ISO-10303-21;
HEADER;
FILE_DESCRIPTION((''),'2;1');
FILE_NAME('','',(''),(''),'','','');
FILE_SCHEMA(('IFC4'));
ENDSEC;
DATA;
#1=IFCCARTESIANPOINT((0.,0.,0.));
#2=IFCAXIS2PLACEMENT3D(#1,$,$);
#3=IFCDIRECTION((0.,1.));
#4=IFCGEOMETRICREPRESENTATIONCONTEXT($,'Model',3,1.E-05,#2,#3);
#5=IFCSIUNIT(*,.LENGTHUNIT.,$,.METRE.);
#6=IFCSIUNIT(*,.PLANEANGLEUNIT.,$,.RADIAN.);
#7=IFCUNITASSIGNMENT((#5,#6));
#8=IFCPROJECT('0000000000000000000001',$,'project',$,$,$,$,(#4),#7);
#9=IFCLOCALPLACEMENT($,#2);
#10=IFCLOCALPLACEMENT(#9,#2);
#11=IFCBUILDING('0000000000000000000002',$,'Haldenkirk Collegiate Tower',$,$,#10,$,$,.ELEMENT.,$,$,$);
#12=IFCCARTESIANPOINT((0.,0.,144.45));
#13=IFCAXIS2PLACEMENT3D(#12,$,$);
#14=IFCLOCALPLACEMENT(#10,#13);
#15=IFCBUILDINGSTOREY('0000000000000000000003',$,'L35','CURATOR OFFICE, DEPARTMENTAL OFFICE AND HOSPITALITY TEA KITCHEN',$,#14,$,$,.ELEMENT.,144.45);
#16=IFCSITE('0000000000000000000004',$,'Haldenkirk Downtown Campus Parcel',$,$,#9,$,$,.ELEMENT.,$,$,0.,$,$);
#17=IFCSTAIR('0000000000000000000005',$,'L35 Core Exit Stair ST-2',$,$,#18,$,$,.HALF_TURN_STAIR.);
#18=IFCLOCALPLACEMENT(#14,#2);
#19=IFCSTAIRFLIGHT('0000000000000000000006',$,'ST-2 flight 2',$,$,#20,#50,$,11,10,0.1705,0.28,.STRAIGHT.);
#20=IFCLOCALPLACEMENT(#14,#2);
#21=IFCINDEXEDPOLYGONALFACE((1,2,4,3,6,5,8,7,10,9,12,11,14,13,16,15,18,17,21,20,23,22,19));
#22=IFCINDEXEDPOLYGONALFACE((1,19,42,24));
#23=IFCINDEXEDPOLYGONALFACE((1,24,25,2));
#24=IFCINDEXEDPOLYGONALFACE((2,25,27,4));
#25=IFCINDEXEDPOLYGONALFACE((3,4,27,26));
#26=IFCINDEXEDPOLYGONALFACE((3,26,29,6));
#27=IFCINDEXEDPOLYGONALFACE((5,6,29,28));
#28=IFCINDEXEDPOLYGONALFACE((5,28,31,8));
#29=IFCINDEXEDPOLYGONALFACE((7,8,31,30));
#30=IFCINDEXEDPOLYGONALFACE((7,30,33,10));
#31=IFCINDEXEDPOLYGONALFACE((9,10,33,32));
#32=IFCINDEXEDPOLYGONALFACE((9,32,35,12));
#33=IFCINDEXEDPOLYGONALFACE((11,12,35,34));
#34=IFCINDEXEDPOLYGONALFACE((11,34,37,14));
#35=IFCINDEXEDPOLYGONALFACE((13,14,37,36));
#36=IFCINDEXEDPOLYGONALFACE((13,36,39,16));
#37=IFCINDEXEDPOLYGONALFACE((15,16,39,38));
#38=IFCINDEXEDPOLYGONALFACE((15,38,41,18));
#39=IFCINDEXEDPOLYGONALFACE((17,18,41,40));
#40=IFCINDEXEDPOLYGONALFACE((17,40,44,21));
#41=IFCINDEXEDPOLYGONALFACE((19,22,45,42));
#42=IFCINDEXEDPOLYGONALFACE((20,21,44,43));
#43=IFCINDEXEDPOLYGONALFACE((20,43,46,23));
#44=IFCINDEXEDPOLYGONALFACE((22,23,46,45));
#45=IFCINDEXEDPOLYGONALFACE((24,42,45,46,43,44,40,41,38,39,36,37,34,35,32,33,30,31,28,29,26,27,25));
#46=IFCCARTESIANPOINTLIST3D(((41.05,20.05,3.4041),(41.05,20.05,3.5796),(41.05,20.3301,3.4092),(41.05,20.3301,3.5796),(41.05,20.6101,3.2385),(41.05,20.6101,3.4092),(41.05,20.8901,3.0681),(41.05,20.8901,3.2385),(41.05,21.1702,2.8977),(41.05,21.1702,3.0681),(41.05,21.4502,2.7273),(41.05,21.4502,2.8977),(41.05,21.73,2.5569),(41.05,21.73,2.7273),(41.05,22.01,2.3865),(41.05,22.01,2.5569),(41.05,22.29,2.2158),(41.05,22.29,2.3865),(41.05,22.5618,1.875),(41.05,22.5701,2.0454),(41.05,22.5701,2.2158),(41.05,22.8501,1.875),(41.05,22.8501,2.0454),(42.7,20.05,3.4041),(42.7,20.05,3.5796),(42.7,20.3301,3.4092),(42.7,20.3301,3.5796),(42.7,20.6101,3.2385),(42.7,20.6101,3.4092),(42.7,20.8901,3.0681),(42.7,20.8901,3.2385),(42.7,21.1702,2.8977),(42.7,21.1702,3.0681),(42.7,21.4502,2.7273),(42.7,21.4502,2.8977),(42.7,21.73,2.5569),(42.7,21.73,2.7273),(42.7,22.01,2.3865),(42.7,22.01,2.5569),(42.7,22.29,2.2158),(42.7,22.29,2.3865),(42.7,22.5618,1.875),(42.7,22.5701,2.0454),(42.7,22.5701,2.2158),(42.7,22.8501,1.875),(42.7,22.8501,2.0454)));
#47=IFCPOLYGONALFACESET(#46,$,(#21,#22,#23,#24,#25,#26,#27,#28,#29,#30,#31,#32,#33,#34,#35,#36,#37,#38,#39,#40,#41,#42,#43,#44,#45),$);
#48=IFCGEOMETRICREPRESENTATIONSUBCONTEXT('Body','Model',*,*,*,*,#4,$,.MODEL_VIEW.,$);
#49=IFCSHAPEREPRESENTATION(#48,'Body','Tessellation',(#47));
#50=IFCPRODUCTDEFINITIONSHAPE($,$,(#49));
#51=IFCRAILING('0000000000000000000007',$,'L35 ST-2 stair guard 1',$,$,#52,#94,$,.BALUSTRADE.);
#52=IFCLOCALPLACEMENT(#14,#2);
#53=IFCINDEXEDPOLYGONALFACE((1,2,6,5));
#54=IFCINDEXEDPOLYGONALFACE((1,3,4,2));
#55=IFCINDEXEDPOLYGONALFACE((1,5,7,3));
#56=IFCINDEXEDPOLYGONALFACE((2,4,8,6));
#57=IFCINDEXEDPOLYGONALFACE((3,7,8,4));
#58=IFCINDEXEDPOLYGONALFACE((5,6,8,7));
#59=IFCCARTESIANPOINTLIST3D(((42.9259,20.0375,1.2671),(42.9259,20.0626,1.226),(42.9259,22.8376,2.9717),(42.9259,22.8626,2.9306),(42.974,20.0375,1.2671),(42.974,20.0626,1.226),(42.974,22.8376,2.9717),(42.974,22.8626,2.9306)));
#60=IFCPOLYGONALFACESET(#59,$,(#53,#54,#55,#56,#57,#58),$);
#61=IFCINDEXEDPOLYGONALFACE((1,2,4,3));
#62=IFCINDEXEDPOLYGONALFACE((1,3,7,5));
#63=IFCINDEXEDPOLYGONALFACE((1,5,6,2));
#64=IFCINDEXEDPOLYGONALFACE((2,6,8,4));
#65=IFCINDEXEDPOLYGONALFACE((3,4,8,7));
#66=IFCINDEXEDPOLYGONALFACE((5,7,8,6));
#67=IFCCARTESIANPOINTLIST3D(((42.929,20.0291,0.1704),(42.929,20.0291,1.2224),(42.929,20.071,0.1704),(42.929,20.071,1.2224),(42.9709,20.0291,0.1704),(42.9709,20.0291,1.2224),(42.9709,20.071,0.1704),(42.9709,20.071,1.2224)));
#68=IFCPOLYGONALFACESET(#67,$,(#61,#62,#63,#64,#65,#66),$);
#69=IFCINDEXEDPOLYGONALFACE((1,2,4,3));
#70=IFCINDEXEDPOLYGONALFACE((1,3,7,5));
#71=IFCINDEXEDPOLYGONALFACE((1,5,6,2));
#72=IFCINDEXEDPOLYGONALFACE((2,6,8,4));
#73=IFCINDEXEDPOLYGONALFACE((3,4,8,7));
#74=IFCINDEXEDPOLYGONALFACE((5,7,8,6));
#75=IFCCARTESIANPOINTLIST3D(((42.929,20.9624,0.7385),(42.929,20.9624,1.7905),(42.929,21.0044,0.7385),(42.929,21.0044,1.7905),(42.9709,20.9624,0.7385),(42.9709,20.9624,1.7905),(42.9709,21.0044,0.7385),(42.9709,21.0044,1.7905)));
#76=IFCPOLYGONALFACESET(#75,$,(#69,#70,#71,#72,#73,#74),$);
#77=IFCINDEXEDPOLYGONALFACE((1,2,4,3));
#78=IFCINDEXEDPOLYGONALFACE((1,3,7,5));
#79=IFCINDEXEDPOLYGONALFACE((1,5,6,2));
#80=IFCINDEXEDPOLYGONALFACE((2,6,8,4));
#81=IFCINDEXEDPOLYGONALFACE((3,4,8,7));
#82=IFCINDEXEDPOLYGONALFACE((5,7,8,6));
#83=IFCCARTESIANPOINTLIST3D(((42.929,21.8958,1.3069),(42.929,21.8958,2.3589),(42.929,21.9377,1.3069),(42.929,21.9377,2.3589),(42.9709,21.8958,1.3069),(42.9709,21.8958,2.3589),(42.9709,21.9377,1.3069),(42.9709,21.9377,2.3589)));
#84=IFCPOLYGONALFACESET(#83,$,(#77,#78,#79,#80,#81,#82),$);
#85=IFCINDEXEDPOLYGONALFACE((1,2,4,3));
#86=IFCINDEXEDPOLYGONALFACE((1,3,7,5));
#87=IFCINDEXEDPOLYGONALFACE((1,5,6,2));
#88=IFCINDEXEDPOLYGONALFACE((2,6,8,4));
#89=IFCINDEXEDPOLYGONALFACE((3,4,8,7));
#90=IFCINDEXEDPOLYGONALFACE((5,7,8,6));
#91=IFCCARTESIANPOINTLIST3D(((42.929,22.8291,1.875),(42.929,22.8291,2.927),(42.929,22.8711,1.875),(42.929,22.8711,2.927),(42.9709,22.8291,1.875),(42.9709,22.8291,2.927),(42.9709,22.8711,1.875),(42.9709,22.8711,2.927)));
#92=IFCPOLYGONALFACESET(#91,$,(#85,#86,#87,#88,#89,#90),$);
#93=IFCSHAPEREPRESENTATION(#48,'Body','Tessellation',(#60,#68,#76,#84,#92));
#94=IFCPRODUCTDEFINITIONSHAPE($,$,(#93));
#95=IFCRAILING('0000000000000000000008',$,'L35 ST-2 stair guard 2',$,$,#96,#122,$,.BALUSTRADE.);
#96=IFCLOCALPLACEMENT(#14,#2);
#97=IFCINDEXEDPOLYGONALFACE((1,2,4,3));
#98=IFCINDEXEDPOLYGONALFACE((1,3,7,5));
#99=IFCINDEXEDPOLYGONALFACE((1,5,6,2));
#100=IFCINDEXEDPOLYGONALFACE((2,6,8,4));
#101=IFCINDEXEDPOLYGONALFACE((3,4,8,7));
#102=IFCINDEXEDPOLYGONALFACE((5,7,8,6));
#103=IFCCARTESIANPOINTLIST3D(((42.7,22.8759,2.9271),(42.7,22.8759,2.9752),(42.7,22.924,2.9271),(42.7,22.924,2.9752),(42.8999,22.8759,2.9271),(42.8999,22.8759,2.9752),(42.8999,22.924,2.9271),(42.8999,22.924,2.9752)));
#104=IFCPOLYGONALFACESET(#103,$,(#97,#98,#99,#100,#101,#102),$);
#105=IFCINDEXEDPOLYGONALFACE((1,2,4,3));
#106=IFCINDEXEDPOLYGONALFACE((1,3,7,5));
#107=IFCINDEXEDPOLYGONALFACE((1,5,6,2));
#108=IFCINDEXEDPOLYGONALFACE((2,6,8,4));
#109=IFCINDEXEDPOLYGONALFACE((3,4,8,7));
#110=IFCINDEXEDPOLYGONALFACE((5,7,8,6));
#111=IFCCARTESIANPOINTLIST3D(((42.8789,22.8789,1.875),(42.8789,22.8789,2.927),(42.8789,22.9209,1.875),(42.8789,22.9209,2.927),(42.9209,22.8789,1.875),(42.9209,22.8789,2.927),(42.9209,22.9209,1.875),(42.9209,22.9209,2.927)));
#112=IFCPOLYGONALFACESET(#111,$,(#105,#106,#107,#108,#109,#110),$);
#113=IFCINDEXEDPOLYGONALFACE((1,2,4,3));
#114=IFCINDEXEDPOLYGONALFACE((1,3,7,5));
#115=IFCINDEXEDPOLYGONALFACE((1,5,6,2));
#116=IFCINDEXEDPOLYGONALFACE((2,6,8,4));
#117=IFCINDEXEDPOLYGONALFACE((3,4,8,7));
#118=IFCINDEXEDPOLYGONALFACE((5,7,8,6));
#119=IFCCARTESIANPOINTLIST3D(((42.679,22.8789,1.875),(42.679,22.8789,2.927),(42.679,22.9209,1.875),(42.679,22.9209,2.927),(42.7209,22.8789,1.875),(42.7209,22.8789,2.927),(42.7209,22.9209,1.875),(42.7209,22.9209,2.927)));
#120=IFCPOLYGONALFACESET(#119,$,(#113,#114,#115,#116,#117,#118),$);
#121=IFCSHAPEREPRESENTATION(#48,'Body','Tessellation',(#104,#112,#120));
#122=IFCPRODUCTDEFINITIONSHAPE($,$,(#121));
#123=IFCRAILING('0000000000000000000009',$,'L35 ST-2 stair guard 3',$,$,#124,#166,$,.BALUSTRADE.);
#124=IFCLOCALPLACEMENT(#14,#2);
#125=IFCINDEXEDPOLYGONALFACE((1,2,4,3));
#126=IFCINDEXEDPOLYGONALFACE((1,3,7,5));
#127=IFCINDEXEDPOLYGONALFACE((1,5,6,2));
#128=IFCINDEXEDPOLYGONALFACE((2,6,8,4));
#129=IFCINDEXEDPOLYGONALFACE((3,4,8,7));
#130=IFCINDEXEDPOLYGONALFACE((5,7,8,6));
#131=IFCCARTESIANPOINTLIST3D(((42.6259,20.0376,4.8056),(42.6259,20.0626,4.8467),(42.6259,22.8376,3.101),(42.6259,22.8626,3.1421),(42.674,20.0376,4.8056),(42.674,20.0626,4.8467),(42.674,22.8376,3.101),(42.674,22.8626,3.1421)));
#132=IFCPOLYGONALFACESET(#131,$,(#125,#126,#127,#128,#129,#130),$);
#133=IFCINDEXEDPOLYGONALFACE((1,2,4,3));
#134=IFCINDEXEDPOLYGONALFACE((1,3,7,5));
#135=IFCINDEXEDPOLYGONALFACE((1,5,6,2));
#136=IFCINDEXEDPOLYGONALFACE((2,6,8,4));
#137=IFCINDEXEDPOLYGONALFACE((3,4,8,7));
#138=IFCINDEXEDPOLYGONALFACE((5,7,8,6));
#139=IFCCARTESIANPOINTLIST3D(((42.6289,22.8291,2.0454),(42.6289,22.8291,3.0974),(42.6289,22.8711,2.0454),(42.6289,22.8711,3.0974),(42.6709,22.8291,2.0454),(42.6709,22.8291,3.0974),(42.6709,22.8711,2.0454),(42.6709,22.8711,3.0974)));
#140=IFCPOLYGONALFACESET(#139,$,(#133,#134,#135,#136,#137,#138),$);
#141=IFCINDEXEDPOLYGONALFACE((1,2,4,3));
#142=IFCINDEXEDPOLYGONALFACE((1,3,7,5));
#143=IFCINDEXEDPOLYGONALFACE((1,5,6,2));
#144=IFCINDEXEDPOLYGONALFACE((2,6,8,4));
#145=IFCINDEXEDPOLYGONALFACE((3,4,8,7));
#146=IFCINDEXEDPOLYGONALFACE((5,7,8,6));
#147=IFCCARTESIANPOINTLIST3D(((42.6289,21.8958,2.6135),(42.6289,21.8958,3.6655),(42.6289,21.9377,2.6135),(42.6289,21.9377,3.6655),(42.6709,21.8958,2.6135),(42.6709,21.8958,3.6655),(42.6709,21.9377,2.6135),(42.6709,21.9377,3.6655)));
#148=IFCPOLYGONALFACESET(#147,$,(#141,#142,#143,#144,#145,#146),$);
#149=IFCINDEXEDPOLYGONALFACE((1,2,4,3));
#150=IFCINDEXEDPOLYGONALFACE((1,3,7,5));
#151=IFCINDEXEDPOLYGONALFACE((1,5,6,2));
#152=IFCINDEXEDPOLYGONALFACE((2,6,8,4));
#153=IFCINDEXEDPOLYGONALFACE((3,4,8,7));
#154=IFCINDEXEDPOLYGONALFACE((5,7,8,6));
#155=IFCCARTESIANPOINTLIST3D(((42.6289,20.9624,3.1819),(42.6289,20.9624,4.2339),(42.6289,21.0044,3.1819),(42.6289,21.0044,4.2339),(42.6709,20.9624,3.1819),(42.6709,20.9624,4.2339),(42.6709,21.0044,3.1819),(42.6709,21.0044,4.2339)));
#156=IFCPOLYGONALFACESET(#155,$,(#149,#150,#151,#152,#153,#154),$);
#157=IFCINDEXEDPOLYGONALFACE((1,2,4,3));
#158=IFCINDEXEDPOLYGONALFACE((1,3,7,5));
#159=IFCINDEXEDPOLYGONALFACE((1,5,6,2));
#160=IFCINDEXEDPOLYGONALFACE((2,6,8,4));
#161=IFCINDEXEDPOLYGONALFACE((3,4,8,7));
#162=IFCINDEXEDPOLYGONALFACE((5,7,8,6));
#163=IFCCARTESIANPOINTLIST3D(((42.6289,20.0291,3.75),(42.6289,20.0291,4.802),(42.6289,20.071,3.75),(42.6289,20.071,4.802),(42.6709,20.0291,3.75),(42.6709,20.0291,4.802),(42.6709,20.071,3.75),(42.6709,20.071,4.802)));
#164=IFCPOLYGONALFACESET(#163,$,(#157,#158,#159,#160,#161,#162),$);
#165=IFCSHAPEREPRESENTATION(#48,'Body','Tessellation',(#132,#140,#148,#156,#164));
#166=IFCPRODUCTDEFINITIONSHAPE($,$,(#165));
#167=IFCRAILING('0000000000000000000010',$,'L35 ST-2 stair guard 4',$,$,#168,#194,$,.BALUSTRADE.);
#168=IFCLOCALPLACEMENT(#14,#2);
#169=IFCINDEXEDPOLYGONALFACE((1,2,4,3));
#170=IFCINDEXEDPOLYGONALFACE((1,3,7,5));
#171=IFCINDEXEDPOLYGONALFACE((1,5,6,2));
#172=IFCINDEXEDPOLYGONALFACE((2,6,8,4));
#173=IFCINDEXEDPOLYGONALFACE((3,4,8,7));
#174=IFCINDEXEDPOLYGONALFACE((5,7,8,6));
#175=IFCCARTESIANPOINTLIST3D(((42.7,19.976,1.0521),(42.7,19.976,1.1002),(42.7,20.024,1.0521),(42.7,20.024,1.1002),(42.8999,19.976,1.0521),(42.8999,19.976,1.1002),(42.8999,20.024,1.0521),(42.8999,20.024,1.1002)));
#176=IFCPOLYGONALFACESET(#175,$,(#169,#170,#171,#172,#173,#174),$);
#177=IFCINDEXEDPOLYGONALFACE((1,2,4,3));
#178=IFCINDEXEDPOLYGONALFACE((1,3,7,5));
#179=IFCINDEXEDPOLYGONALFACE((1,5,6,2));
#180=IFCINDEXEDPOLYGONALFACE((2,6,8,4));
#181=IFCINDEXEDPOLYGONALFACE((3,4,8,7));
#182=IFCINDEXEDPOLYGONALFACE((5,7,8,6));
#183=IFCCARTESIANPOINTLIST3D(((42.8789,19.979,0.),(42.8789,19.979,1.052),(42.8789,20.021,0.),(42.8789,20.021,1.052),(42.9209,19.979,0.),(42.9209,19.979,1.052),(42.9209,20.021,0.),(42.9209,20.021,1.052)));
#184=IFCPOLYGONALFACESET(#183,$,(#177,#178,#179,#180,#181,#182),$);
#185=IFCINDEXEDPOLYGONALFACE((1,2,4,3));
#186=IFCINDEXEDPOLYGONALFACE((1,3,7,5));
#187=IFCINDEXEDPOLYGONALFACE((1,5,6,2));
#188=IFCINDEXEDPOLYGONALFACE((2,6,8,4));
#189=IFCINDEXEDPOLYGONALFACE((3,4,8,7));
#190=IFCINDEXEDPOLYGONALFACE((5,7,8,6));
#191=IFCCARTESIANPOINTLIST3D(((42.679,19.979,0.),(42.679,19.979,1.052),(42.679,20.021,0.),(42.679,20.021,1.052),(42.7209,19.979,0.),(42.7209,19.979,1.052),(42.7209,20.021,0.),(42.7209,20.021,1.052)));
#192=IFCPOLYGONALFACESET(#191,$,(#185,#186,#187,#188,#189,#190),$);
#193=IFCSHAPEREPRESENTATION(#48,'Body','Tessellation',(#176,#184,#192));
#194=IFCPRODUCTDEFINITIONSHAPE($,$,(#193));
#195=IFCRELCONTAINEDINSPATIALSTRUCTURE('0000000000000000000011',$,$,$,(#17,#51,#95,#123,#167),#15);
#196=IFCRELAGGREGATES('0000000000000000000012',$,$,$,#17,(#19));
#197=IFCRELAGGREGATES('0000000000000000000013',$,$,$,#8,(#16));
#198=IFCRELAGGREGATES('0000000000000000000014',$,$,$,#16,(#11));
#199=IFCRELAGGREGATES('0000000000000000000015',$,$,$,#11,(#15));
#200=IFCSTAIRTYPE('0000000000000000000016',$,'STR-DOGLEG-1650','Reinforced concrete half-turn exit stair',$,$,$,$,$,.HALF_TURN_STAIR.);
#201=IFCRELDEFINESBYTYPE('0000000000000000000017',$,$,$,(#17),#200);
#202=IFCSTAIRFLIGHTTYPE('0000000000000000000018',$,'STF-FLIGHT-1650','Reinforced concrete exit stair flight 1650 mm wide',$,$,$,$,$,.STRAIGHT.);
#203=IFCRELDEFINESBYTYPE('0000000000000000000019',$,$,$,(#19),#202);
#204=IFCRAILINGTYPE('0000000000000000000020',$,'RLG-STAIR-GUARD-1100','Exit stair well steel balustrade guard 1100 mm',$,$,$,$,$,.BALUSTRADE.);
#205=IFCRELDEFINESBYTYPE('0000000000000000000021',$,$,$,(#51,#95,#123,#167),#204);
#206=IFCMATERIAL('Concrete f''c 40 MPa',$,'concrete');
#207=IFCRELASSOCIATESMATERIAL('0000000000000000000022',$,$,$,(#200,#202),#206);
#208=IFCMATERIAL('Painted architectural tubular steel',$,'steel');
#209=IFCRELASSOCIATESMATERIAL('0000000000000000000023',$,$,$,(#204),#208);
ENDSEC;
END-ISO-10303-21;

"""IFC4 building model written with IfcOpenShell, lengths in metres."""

from ifc_helpers import new_model, si_unit, direction, frame, origin, origin_2d, place, context, subcontext, project, spatial, polyline, rectangle, outline, extrude, material, type_object, element, aggregate, save


model = new_model("IFC4")

# Units and contexts
model_context = context("Model", 3, precision=1e-05, world=origin(), true_north=direction((0.0, 1.0)))
body_context = subcontext(model_context, "Body", "Model", "MODEL_VIEW")
ifc_project = project(units=[si_unit("LENGTHUNIT", "METRE"), si_unit("PLANEANGLEUNIT", "RADIAN")], contexts=[model_context])

# Site, building, storey
site_placement = place(None, origin())
site = spatial("IfcSite", under=ifc_project, at=site_placement, Name="Haldenkirk Downtown Campus Parcel", CompositionType="ELEMENT", RefElevation=0.0)
building_placement = place(site_placement, origin())
building = spatial("IfcBuilding", under=site, at=building_placement, Name="Haldenkirk Collegiate Tower", CompositionType="ELEMENT")
storey_placement = place(building_placement, frame((0.0, 0.0, 144.45)))
storey = spatial("IfcBuildingStorey", under=building, at=storey_placement, Name="L35", Description="CURATOR OFFICE, DEPARTMENTAL OFFICE AND HOSPITALITY TEA KITCHEN", CompositionType="ELEMENT", Elevation=144.45)

# Stair, stair flight
ifc_material_1 = material(Name="Concrete f'c 40 MPa", Category="concrete")
stair_type = type_object("IfcStairType", Name="STR-DOGLEG-1650", Description="Reinforced concrete half-turn exit stair", PredefinedType="HALF_TURN_STAIR", material=ifc_material_1)
stair_placement = place(storey_placement, origin())
stair = element("IfcStair", 1, at=stair_placement, inside=storey, type_object=stair_type, Name="L35 Core Exit Stair ST-2", PredefinedType="HALF_TURN_STAIR")
stair_flight_type = type_object("IfcStairFlightType", Name="STF-FLIGHT-1650", Description="Reinforced concrete exit stair flight 1650 mm wide", PredefinedType="STRAIGHT", material=ifc_material_1)
stair_flight_1_placement = place(storey_placement, frame((41.875, 22.8501, 1.875), z_axis=(0.0, 0.0, 1.0), x_axis=(0.0, -1.0, 0.0)))
stair_flight_1 = element("IfcStairFlight", 2, at=stair_flight_1_placement, type_object=stair_flight_type, Name="ST-2 flight 2", NumberOfRisers=11, NumberOfTreads=10, PredefinedType="STRAIGHT", RiserHeight=0.1705, TreadLength=0.28, context=body_context, shape_type="SweptSolid", body=[
    extrude(outline(polyline([(0.0, 0.0), (0.0, 0.1704), (0.28, 0.1704), (0.28, 0.3408), (0.5601, 0.3408), (0.5601, 0.5115), (0.8401, 0.5115), (0.8401, 0.6819), (1.1201, 0.6819), (1.1201, 0.8523), (1.3999, 0.8523), (1.3999, 1.0227), (1.6799, 1.0227), (1.6799, 1.1931), (1.96, 1.1931), (1.96, 1.3635), (2.24, 1.3635), (2.24, 1.5342), (2.52, 1.5342), (2.52, 1.7046), (2.8, 1.7046), (2.8, 1.875), (2.8, 1.5291), (0.2883, 0.0), (0.0, 0.0)])), frame((0.0, 0.825, 0.0), z_axis=(0.0, -1.0, 0.0), x_axis=(1.0, 0.0, 0.0)), (0.0, 0.0, 1.0), 1.6499),
])
aggregate(stair, [stair_flight_1])

# Railings
ifc_material_2 = material(Name="Painted architectural tubular steel", Category="steel")
railing_type_1 = type_object("IfcRailingType", Name="RLG-STAIR-GUARD-1100", Description="Exit stair well steel balustrade guard 1100 mm", PredefinedType="BALUSTRADE", material=ifc_material_2)
railing_1_placement = place(storey_placement, frame((42.95, 20.05, 0.1704)))
element("IfcRailing", 3, at=railing_1_placement, inside=storey, type_object=railing_type_1, Name="L35 ST-2 stair guard 1", PredefinedType="BALUSTRADE", context=body_context, shape_type="SweptSolid", body=[
    extrude(rectangle(XDim=0.0481, YDim=0.0481, at=origin_2d()), frame((0.0, 0.0, 1.0762), z_axis=(0.0, 0.85417, 0.519994), x_axis=(-1.0, 0.0, 0.0)), (0.0, 0.0, 1.0), 3.2781),
    extrude(rectangle(XDim=0.042, YDim=0.042, at=origin_2d()), origin(), (0.0, 0.0, 1.0), 1.052),
    extrude(rectangle(XDim=0.042, YDim=0.042, at=origin_2d()), frame((0.0, 0.9333, 0.5681)), (0.0, 0.0, 1.0), 1.052),
    extrude(rectangle(XDim=0.042, YDim=0.042, at=origin_2d()), frame((0.0, 1.8667, 1.1365)), (0.0, 0.0, 1.0), 1.052),
    extrude(rectangle(XDim=0.042, YDim=0.042, at=origin_2d()), frame((0.0, 2.8, 1.7046)), (0.0, 0.0, 1.0), 1.052),
])
railing_2_placement = place(storey_placement, frame((42.8999, 22.8999, 1.875)))
element("IfcRailing", 4, at=railing_2_placement, inside=storey, type_object=railing_type_1, Name="L35 ST-2 stair guard 2", PredefinedType="BALUSTRADE", context=body_context, shape_type="SweptSolid", body=[
    extrude(rectangle(XDim=0.0481, YDim=0.0481, at=origin_2d()), frame((0.0, 0.0, 1.0762), z_axis=(-1.0, 0.0, 0.0), x_axis=(0.0, -1.0, 0.0)), (0.0, 0.0, 1.0), 0.2),
    extrude(rectangle(XDim=0.042, YDim=0.042, at=origin_2d()), origin(), (0.0, 0.0, 1.0), 1.052),
    extrude(rectangle(XDim=0.042, YDim=0.042, at=origin_2d()), frame((-0.2, 0.0, 0.0)), (0.0, 0.0, 1.0), 1.052),
])
railing_3_placement = place(storey_placement, frame((42.6499, 22.8501, 2.0454)))
element("IfcRailing", 5, at=railing_3_placement, inside=storey, type_object=railing_type_1, Name="L35 ST-2 stair guard 3", PredefinedType="BALUSTRADE", context=body_context, shape_type="SweptSolid", body=[
    extrude(rectangle(XDim=0.0481, YDim=0.0481, at=origin_2d()), frame((0.0, 0.0, 1.0762), z_axis=(0.0, -0.85417, 0.519994), x_axis=(1.0, 0.0, 0.0)), (0.0, 0.0, 1.0), 3.2781),
    extrude(rectangle(XDim=0.042, YDim=0.042, at=origin_2d()), origin(), (0.0, 0.0, 1.0), 1.052),
    extrude(rectangle(XDim=0.042, YDim=0.042, at=origin_2d()), frame((0.0, -0.9333, 0.5681)), (0.0, 0.0, 1.0), 1.052),
    extrude(rectangle(XDim=0.042, YDim=0.042, at=origin_2d()), frame((0.0, -1.8667, 1.1365)), (0.0, 0.0, 1.0), 1.052),
    extrude(rectangle(XDim=0.042, YDim=0.042, at=origin_2d()), frame((0.0, -2.8, 1.7046)), (0.0, 0.0, 1.0), 1.052),
])
railing_4_placement = place(storey_placement, frame((42.8999, 20.0, 0.0)))
element("IfcRailing", 6, at=railing_4_placement, inside=storey, type_object=railing_type_1, Name="L35 ST-2 stair guard 4", PredefinedType="BALUSTRADE", context=body_context, shape_type="SweptSolid", body=[
    extrude(rectangle(XDim=0.0481, YDim=0.0481, at=origin_2d()), frame((0.0, 0.0, 1.0762), z_axis=(-1.0, 0.0, 0.0), x_axis=(0.0, -1.0, 0.0)), (0.0, 0.0, 1.0), 0.2),
    extrude(rectangle(XDim=0.042, YDim=0.042, at=origin_2d()), origin(), (0.0, 0.0, 1.0), 1.052),
    extrude(rectangle(XDim=0.042, YDim=0.042, at=origin_2d()), frame((-0.2, 0.0, 0.0)), (0.0, 0.0, 1.0), 1.052),
])

save(model, "model.ifc")
